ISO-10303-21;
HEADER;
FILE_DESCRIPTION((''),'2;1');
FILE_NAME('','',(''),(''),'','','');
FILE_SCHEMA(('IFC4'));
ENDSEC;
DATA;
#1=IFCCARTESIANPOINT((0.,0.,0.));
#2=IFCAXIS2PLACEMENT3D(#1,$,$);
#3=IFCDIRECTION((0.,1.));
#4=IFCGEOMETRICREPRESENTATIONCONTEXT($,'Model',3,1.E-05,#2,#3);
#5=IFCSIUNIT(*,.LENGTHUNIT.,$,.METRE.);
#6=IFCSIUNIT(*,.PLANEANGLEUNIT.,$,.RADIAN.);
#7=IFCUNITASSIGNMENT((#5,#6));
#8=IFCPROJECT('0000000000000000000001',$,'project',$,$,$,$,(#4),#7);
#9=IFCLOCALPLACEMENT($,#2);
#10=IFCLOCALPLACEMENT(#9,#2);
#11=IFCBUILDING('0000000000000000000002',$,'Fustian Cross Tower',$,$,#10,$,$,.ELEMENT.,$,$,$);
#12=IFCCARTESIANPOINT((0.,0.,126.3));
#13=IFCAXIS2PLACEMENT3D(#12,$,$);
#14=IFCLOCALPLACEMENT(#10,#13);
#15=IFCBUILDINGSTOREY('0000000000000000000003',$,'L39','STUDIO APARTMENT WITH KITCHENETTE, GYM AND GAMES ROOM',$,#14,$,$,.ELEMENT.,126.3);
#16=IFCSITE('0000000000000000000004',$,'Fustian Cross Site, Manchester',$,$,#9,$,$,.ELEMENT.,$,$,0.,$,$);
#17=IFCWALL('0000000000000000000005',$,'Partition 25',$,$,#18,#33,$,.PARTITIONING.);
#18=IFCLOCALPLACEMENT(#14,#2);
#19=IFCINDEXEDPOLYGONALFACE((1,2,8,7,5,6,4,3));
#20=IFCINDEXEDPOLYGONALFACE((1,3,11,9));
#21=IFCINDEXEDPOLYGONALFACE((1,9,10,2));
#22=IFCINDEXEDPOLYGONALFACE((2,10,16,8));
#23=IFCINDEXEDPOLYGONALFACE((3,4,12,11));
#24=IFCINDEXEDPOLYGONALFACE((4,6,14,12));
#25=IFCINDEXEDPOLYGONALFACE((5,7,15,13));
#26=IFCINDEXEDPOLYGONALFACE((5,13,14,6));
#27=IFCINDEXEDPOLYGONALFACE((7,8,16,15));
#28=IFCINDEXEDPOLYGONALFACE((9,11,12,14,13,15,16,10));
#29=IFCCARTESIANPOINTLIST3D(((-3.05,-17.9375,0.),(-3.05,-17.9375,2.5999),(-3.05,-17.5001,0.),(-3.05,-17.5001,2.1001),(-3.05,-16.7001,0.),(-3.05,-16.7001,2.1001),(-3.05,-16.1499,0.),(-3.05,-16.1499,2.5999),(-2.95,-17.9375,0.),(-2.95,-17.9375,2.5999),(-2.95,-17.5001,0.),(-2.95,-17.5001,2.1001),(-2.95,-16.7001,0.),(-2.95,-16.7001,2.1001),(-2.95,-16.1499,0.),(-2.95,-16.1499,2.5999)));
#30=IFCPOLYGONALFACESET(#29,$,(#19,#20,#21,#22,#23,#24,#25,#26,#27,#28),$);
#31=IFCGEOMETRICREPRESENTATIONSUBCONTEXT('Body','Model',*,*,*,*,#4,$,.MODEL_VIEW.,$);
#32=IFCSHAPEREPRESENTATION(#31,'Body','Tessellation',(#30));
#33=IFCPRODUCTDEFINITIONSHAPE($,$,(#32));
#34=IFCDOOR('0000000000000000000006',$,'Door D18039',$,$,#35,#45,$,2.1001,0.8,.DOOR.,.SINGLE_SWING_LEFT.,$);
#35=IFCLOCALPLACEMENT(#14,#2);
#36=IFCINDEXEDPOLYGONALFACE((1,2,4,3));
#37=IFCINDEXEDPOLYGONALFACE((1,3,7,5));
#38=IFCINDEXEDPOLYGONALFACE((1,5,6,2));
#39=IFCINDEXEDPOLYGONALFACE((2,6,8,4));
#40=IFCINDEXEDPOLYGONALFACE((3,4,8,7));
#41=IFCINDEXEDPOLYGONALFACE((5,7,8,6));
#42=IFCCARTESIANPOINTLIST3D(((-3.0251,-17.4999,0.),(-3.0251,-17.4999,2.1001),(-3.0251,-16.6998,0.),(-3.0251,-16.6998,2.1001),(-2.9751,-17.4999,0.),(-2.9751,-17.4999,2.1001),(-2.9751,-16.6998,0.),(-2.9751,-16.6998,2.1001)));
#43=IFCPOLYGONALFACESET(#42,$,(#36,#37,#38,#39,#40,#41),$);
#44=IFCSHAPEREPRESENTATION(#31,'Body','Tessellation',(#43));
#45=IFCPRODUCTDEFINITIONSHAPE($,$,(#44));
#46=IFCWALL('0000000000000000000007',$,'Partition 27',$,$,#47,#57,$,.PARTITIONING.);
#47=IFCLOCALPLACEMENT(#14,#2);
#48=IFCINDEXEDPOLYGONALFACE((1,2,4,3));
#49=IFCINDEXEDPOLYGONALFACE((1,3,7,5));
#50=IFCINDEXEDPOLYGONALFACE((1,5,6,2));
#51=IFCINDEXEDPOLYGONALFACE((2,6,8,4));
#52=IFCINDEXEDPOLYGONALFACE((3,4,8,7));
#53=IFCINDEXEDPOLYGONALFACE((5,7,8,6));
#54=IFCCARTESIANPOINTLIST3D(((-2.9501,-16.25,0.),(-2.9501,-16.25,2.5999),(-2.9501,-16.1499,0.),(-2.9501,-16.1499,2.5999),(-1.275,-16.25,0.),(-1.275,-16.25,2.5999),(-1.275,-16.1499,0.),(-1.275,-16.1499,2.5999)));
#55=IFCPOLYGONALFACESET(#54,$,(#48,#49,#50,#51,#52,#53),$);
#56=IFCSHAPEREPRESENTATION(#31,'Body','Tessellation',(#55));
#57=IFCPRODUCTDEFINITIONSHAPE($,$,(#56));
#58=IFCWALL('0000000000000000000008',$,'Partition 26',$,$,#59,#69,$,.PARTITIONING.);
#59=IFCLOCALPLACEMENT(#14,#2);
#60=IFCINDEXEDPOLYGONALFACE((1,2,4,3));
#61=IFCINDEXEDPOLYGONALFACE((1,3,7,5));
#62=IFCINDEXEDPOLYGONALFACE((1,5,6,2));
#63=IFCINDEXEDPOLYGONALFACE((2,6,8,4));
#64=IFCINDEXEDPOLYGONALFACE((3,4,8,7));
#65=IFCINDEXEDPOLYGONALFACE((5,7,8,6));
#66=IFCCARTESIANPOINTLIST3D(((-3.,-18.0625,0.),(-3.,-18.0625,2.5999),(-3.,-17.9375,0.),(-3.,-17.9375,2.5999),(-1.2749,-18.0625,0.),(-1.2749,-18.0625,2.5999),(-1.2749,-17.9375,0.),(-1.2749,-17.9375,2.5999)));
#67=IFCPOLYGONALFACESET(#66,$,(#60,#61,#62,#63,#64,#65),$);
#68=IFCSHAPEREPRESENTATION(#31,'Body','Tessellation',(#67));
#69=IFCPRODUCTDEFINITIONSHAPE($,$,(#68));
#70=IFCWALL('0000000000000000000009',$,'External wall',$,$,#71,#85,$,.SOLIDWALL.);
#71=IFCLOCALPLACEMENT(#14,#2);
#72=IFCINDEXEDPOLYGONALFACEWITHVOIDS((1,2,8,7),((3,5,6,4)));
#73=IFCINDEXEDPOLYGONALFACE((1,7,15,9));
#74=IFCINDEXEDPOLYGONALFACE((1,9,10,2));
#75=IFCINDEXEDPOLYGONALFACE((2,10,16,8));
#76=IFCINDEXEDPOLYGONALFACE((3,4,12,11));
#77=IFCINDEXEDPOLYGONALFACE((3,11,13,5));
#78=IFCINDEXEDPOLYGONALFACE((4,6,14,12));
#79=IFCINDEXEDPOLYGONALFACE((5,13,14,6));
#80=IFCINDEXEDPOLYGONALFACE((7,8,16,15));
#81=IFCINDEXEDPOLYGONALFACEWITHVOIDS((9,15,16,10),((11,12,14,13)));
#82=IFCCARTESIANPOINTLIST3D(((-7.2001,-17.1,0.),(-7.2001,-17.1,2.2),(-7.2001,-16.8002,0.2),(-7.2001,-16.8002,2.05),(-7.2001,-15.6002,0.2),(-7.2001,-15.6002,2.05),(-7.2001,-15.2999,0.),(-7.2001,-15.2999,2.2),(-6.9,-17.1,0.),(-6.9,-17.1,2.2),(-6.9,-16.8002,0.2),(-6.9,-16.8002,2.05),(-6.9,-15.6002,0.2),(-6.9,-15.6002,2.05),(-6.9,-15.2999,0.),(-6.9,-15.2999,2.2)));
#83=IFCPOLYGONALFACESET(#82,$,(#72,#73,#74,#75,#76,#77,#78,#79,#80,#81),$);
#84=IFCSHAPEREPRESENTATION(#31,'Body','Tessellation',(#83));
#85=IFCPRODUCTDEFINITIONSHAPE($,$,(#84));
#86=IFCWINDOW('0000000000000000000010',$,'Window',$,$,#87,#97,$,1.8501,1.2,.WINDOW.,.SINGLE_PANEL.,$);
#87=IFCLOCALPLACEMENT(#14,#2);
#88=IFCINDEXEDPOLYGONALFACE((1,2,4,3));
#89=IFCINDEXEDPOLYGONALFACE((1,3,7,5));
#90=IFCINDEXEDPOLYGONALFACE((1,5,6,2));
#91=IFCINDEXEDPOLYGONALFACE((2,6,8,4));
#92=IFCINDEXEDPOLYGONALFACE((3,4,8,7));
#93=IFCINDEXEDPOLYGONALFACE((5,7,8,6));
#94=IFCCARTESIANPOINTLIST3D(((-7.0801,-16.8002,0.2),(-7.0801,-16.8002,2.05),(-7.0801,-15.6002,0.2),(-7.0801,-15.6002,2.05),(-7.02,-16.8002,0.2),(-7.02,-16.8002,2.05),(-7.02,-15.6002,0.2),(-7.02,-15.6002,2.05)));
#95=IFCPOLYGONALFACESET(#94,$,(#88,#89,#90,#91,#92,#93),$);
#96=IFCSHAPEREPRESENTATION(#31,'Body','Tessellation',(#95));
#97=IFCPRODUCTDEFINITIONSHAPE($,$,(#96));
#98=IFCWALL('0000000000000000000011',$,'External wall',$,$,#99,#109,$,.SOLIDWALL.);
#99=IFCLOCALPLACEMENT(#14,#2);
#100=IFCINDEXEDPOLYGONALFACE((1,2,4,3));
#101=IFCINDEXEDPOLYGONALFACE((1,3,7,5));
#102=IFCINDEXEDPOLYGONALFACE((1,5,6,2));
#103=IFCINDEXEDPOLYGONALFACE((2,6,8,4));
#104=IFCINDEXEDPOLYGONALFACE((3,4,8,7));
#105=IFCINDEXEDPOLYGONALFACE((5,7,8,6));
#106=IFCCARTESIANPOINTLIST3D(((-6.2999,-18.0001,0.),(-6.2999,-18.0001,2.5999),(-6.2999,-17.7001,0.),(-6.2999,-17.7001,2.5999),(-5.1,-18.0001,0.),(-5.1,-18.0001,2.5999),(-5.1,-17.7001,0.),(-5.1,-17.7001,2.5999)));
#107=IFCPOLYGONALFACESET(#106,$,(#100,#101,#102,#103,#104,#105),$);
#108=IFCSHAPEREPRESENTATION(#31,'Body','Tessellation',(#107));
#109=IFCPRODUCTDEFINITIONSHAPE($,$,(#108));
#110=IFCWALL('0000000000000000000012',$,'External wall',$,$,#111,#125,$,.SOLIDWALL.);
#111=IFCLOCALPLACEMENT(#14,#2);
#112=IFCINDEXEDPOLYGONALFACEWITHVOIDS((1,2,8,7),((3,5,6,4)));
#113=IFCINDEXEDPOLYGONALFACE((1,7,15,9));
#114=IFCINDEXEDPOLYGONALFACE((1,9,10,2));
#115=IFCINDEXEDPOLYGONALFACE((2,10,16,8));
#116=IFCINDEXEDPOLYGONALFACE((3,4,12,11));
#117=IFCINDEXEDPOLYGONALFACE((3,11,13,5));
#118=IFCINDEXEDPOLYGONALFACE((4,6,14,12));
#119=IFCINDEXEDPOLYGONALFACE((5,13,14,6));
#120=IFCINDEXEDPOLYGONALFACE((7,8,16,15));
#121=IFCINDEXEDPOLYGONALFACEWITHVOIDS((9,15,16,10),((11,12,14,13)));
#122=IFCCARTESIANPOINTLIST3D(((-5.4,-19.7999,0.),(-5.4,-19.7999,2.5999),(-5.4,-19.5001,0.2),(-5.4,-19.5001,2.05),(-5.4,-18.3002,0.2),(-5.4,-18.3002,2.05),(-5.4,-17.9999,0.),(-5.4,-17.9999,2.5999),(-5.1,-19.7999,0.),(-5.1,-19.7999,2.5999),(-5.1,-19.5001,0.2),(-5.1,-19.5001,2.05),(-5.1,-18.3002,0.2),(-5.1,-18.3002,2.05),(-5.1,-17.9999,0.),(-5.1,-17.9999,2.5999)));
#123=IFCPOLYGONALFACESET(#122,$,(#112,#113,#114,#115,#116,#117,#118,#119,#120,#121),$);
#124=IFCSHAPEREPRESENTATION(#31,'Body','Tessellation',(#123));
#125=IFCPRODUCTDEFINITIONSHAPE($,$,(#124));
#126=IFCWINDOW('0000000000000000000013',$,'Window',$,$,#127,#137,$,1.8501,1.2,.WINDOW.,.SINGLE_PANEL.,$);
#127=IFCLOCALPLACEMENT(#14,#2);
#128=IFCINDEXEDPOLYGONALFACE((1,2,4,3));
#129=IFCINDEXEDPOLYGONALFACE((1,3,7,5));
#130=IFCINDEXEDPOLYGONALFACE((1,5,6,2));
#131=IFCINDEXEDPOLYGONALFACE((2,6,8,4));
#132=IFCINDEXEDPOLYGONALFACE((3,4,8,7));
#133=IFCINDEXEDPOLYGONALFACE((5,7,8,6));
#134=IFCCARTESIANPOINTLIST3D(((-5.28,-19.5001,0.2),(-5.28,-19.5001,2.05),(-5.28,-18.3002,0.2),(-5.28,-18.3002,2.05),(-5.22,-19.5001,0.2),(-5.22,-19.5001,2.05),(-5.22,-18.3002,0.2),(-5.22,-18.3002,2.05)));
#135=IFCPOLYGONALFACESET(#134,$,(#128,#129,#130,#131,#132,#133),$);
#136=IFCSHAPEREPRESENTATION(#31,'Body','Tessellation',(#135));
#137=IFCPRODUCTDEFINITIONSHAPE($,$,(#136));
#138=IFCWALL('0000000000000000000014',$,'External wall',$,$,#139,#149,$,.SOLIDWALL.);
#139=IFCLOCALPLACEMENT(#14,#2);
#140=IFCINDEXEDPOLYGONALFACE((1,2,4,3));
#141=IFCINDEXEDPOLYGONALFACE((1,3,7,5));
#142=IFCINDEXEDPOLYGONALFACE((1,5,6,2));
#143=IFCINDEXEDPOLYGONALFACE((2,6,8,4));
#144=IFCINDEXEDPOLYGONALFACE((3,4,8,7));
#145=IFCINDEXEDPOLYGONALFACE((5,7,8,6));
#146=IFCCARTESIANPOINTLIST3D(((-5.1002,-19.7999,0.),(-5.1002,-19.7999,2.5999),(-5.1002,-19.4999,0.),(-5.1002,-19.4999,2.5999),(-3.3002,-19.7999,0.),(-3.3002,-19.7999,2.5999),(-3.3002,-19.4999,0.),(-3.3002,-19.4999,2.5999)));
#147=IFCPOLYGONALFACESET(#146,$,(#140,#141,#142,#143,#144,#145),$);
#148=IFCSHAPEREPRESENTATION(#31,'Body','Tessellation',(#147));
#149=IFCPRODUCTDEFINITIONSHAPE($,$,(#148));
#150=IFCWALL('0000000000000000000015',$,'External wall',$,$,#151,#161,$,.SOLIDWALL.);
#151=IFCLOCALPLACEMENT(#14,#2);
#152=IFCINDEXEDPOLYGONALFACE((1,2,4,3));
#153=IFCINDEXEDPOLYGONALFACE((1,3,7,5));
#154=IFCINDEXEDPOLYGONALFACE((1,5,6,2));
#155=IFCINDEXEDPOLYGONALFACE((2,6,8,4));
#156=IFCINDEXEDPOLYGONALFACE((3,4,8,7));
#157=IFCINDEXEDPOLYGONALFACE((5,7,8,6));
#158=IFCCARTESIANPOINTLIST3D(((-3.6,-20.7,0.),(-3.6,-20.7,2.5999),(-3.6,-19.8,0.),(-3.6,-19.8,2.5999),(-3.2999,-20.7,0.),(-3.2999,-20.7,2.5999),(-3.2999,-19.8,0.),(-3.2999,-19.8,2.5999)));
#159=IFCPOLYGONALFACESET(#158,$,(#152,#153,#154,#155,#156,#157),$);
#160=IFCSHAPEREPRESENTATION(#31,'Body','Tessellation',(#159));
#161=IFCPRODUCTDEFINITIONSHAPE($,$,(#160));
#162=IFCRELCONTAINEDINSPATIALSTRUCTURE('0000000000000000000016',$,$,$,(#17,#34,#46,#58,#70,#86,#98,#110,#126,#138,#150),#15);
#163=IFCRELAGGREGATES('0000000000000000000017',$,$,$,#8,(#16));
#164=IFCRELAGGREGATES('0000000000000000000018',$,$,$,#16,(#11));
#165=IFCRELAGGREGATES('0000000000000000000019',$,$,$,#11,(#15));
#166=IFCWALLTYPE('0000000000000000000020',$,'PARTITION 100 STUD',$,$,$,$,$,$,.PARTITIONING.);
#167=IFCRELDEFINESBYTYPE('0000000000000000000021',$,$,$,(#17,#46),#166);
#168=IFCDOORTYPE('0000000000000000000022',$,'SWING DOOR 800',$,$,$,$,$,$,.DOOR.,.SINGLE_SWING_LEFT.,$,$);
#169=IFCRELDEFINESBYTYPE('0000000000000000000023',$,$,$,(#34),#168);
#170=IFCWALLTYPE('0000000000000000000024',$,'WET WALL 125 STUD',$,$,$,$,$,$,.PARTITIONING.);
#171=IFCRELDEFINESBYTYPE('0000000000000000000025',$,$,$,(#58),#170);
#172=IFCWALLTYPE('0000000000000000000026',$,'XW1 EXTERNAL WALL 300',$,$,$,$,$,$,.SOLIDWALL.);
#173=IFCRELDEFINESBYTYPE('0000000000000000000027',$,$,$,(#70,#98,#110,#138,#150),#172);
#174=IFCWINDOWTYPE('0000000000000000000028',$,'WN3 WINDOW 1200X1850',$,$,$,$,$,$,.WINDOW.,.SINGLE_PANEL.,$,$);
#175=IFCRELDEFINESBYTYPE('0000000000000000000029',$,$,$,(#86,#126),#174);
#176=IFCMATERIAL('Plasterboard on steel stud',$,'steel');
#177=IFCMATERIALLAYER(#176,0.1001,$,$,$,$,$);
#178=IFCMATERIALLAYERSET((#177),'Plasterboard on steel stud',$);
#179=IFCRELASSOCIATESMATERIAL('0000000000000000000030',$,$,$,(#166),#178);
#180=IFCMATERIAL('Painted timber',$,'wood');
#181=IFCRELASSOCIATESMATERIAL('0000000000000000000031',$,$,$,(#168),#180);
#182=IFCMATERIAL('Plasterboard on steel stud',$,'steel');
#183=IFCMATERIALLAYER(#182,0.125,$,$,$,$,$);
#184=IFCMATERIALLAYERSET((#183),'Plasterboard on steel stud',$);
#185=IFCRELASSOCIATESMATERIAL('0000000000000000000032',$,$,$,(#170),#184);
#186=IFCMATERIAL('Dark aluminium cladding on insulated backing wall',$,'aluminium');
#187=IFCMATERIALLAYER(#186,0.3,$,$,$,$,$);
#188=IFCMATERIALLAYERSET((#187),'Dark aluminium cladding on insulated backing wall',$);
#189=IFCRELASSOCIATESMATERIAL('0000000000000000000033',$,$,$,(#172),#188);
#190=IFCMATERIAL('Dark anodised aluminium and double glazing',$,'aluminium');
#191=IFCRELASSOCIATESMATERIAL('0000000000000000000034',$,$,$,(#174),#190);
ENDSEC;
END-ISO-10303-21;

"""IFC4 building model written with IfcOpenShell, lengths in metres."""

from ifc_helpers import new_model, si_unit, direction, frame, frame_2d, origin, place, context, subcontext, project, spatial, rectangle, extrude, material, layer, layer_set, type_object, element, fill, save


model = new_model("IFC4")

# Units and contexts
model_context = context("Model", 3, precision=1e-05, world=origin(), true_north=direction((0.0, 1.0)))
body_context = subcontext(model_context, "Body", "Model", "MODEL_VIEW")
ifc_project = project(units=[si_unit("LENGTHUNIT", "METRE"), si_unit("PLANEANGLEUNIT", "RADIAN")], contexts=[model_context])

# Site, building, storey
site_placement = place(None, origin())
site = spatial("IfcSite", under=ifc_project, at=site_placement, Name="Fustian Cross Site, Manchester", CompositionType="ELEMENT", RefElevation=0.0)
building_placement = place(site_placement, origin())
building = spatial("IfcBuilding", under=site, at=building_placement, Name="Fustian Cross Tower", CompositionType="ELEMENT")
storey_placement = place(building_placement, frame((0.0, 0.0, 126.3)))
storey = spatial("IfcBuildingStorey", under=building, at=storey_placement, Name="L39", Description="STUDIO APARTMENT WITH KITCHENETTE, GYM AND GAMES ROOM", CompositionType="ELEMENT", Elevation=126.3)

# Shared definitions
ifc_material_1 = material(Name="Plasterboard on steel stud", Category="steel")
ifc_layer_1 = layer(ifc_material_1, 0.1001)
ifc_layer_set_1 = layer_set([ifc_layer_1], Name="Plasterboard on steel stud")
wall_type_1 = type_object("IfcWallType", Name="PARTITION 100 STUD", PredefinedType="PARTITIONING", material=ifc_layer_set_1)

# Wall, opening, door
wall_1_placement = place(storey_placement, frame((-3.0, -17.9375, 0.0), z_axis=(0.0, 0.0, 1.0), x_axis=(0.0, 1.0, 0.0)))
wall_1 = element("IfcWall", 1, at=wall_1_placement, inside=storey, type_object=wall_type_1, Name="Partition 25", PredefinedType="PARTITIONING", context=body_context, shape_type="SweptSolid", body=[
    extrude(rectangle(XDim=1.7876, YDim=0.1001, at=frame_2d((0.8938, 0.0))), origin(), (0.0, 0.0, 1.0), 2.5999),
])
opening_1_placement = place(wall_1_placement, frame((0.4375, 0.0, 0.0)))
opening_1 = element("IfcOpeningElement", 2, at=opening_1_placement, cuts=wall_1, PredefinedType="OPENING", context=body_context, shape_type="SweptSolid", body=[
    extrude(rectangle(XDim=0.8, YDim=2.1001, at=frame_2d((0.3999, 1.05))), frame((0.0, 0.0601, 0.0), z_axis=(0.0, -1.0, 0.0), x_axis=(1.0, 0.0, 0.0)), (0.0, 0.0, 1.0), 0.1201),
])
ifc_material_2 = material(Name="Painted timber", Category="wood")
door_type_1 = type_object("IfcDoorType", Name="SWING DOOR 800", OperationType="SINGLE_SWING_LEFT", PredefinedType="DOOR", material=ifc_material_2)
door_1_placement = place(opening_1_placement, frame((0.8, 0.0, 0.0), z_axis=(0.0, 0.0, 1.0), x_axis=(-1.0, 0.0, 0.0)))
door_1 = element("IfcDoor", 3, at=door_1_placement, inside=storey, type_object=door_type_1, Name="Door D18039", OperationType="SINGLE_SWING_LEFT", OverallHeight=2.1001, OverallWidth=0.8, PredefinedType="DOOR", context=body_context, shape_type="SweptSolid", body=[
    extrude(rectangle(XDim=0.8, YDim=2.1001, at=frame_2d((0.3999, 1.05))), frame((0.0, 0.0249, 0.0), z_axis=(0.0, -1.0, 0.0), x_axis=(1.0, 0.0, 0.0)), (0.0, 0.0, 1.0), 0.05),
])
fill(opening_1, door_1)

# Walls
wall_2_placement = place(storey_placement, frame((-2.95, -16.2, 0.0), z_axis=(0.0, 0.0, 1.0), x_axis=(1.0, 0.0, 0.0)))
element("IfcWall", 4, at=wall_2_placement, inside=storey, type_object=wall_type_1, Name="Partition 27", PredefinedType="PARTITIONING", context=body_context, shape_type="SweptSolid", body=[
    extrude(rectangle(XDim=1.675, YDim=0.1001, at=frame_2d((0.8374, 0.0))), origin(), (0.0, 0.0, 1.0), 2.5999),
])
ifc_material_3 = material(Name="Plasterboard on steel stud", Category="steel")
ifc_layer_2 = layer(ifc_material_3, 0.125)
ifc_layer_set_2 = layer_set([ifc_layer_2], Name="Plasterboard on steel stud")
wall_type_2 = type_object("IfcWallType", Name="WET WALL 125 STUD", PredefinedType="PARTITIONING", material=ifc_layer_set_2)
wall_3_placement = place(storey_placement, frame((-3.0, -18.0, 0.0), z_axis=(0.0, 0.0, 1.0), x_axis=(1.0, 0.0, 0.0)))
element("IfcWall", 5, at=wall_3_placement, inside=storey, type_object=wall_type_2, Name="Partition 26", PredefinedType="PARTITIONING", context=body_context, shape_type="SweptSolid", body=[
    extrude(rectangle(XDim=1.7251, YDim=0.125, at=frame_2d((0.8625, 0.0))), origin(), (0.0, 0.0, 1.0), 2.5999),
])

# Wall, opening, window
ifc_material_4 = material(Name="Dark aluminium cladding on insulated backing wall", Category="aluminium")
ifc_layer_3 = layer(ifc_material_4, 0.3)
ifc_layer_set_3 = layer_set([ifc_layer_3], Name="Dark aluminium cladding on insulated backing wall")
wall_type_3 = type_object("IfcWallType", Name="XW1 EXTERNAL WALL 300", PredefinedType="SOLIDWALL", material=ifc_layer_set_3)
wall_4_placement = place(storey_placement, frame((-7.05, -15.3, 0.0), z_axis=(0.0, 0.0, 1.0), x_axis=(0.0, -1.0, 0.0)))
wall_4 = element("IfcWall", 6, at=wall_4_placement, inside=storey, type_object=wall_type_3, Name="External wall", PredefinedType="SOLIDWALL", context=body_context, shape_type="SweptSolid", body=[
    extrude(rectangle(XDim=1.8, YDim=0.3, at=frame_2d((0.8999, 0.0))), origin(), (0.0, 0.0, 1.0), 2.2),
])
opening_2_placement = place(wall_4_placement, frame((0.3, 0.0, 0.2)))
opening_2 = element("IfcOpeningElement", 7, at=opening_2_placement, cuts=wall_4, PredefinedType="OPENING", context=body_context, shape_type="SweptSolid", body=[
    extrude(rectangle(XDim=1.2, YDim=1.8501, at=frame_2d((0.6001, 0.925))), frame((0.0, 0.1599, 0.0), z_axis=(0.0, -1.0, 0.0), x_axis=(1.0, 0.0, 0.0)), (0.0, 0.0, 1.0), 0.3201),
])
ifc_material_5 = material(Name="Dark anodised aluminium and double glazing", Category="aluminium")
window_type_1 = type_object("IfcWindowType", Name="WN3 WINDOW 1200X1850", PartitioningType="SINGLE_PANEL", PredefinedType="WINDOW", material=ifc_material_5)
window_1_placement = place(opening_2_placement, origin())
window_1 = element("IfcWindow", 8, at=window_1_placement, inside=storey, type_object=window_type_1, Name="Window", OverallHeight=1.8501, OverallWidth=1.2, PartitioningType="SINGLE_PANEL", PredefinedType="WINDOW", context=body_context, shape_type="SweptSolid", body=[
    extrude(rectangle(XDim=1.2, YDim=1.8501, at=frame_2d((0.6001, 0.925))), frame((0.0, 0.03, 0.0), z_axis=(0.0, -1.0, 0.0), x_axis=(1.0, 0.0, 0.0)), (0.0, 0.0, 1.0), 0.0601),
])
fill(opening_2, window_1)

# Wall
wall_5_placement = place(storey_placement, frame((-6.3, -17.8501, 0.0), z_axis=(0.0, 0.0, 1.0), x_axis=(1.0, 0.0, 0.0)))
element("IfcWall", 9, at=wall_5_placement, inside=storey, type_object=wall_type_3, Name="External wall", PredefinedType="SOLIDWALL", context=body_context, shape_type="SweptSolid", body=[
    extrude(rectangle(XDim=1.2, YDim=0.3, at=frame_2d((0.6001, 0.0))), origin(), (0.0, 0.0, 1.0), 2.5999),
])

# Wall, opening, window
wall_6_placement = place(storey_placement, frame((-5.25, -18.0, 0.0), z_axis=(0.0, 0.0, 1.0), x_axis=(0.0, -1.0, 0.0)))
wall_6 = element("IfcWall", 10, at=wall_6_placement, inside=storey, type_object=wall_type_3, Name="External wall", PredefinedType="SOLIDWALL", context=body_context, shape_type="SweptSolid", body=[
    extrude(rectangle(XDim=1.8, YDim=0.3, at=frame_2d((0.8999, 0.0))), origin(), (0.0, 0.0, 1.0), 2.5999),
])
opening_3_placement = place(wall_6_placement, frame((0.3, 0.0, 0.2)))
opening_3 = element("IfcOpeningElement", 11, at=opening_3_placement, cuts=wall_6, PredefinedType="OPENING", context=body_context, shape_type="SweptSolid", body=[
    extrude(rectangle(XDim=1.2, YDim=1.8501, at=frame_2d((0.6001, 0.925))), frame((0.0, 0.1599, 0.0), z_axis=(0.0, -1.0, 0.0), x_axis=(1.0, 0.0, 0.0)), (0.0, 0.0, 1.0), 0.3201),
])
window_2_placement = place(opening_3_placement, origin())
window_2 = element("IfcWindow", 12, at=window_2_placement, inside=storey, type_object=window_type_1, Name="Window", OverallHeight=1.8501, OverallWidth=1.2, PartitioningType="SINGLE_PANEL", PredefinedType="WINDOW", context=body_context, shape_type="SweptSolid", body=[
    extrude(rectangle(XDim=1.2, YDim=1.8501, at=frame_2d((0.6001, 0.925))), frame((0.0, 0.03, 0.0), z_axis=(0.0, -1.0, 0.0), x_axis=(1.0, 0.0, 0.0)), (0.0, 0.0, 1.0), 0.0601),
])
fill(opening_3, window_2)

# Walls
wall_7_placement = place(storey_placement, frame((-5.1001, -19.6499, 0.0), z_axis=(0.0, 0.0, 1.0), x_axis=(1.0, 0.0, 0.0)))
element("IfcWall", 13, at=wall_7_placement, inside=storey, type_object=wall_type_3, Name="External wall", PredefinedType="SOLIDWALL", context=body_context, shape_type="SweptSolid", body=[
    extrude(rectangle(XDim=1.8, YDim=0.3, at=frame_2d((0.8999, 0.0))), origin(), (0.0, 0.0, 1.0), 2.5999),
])
wall_8_placement = place(storey_placement, frame((-3.45, -19.8, 0.0), z_axis=(0.0, 0.0, 1.0), x_axis=(0.0, -1.0, 0.0)))
element("IfcWall", 14, at=wall_8_placement, inside=storey, type_object=wall_type_3, Name="External wall", PredefinedType="SOLIDWALL", context=body_context, shape_type="SweptSolid", body=[
    extrude(rectangle(XDim=0.8999, YDim=0.3, at=frame_2d((0.45, 0.0))), origin(), (0.0, 0.0, 1.0), 2.5999),
])

save(model, "model.ifc")
